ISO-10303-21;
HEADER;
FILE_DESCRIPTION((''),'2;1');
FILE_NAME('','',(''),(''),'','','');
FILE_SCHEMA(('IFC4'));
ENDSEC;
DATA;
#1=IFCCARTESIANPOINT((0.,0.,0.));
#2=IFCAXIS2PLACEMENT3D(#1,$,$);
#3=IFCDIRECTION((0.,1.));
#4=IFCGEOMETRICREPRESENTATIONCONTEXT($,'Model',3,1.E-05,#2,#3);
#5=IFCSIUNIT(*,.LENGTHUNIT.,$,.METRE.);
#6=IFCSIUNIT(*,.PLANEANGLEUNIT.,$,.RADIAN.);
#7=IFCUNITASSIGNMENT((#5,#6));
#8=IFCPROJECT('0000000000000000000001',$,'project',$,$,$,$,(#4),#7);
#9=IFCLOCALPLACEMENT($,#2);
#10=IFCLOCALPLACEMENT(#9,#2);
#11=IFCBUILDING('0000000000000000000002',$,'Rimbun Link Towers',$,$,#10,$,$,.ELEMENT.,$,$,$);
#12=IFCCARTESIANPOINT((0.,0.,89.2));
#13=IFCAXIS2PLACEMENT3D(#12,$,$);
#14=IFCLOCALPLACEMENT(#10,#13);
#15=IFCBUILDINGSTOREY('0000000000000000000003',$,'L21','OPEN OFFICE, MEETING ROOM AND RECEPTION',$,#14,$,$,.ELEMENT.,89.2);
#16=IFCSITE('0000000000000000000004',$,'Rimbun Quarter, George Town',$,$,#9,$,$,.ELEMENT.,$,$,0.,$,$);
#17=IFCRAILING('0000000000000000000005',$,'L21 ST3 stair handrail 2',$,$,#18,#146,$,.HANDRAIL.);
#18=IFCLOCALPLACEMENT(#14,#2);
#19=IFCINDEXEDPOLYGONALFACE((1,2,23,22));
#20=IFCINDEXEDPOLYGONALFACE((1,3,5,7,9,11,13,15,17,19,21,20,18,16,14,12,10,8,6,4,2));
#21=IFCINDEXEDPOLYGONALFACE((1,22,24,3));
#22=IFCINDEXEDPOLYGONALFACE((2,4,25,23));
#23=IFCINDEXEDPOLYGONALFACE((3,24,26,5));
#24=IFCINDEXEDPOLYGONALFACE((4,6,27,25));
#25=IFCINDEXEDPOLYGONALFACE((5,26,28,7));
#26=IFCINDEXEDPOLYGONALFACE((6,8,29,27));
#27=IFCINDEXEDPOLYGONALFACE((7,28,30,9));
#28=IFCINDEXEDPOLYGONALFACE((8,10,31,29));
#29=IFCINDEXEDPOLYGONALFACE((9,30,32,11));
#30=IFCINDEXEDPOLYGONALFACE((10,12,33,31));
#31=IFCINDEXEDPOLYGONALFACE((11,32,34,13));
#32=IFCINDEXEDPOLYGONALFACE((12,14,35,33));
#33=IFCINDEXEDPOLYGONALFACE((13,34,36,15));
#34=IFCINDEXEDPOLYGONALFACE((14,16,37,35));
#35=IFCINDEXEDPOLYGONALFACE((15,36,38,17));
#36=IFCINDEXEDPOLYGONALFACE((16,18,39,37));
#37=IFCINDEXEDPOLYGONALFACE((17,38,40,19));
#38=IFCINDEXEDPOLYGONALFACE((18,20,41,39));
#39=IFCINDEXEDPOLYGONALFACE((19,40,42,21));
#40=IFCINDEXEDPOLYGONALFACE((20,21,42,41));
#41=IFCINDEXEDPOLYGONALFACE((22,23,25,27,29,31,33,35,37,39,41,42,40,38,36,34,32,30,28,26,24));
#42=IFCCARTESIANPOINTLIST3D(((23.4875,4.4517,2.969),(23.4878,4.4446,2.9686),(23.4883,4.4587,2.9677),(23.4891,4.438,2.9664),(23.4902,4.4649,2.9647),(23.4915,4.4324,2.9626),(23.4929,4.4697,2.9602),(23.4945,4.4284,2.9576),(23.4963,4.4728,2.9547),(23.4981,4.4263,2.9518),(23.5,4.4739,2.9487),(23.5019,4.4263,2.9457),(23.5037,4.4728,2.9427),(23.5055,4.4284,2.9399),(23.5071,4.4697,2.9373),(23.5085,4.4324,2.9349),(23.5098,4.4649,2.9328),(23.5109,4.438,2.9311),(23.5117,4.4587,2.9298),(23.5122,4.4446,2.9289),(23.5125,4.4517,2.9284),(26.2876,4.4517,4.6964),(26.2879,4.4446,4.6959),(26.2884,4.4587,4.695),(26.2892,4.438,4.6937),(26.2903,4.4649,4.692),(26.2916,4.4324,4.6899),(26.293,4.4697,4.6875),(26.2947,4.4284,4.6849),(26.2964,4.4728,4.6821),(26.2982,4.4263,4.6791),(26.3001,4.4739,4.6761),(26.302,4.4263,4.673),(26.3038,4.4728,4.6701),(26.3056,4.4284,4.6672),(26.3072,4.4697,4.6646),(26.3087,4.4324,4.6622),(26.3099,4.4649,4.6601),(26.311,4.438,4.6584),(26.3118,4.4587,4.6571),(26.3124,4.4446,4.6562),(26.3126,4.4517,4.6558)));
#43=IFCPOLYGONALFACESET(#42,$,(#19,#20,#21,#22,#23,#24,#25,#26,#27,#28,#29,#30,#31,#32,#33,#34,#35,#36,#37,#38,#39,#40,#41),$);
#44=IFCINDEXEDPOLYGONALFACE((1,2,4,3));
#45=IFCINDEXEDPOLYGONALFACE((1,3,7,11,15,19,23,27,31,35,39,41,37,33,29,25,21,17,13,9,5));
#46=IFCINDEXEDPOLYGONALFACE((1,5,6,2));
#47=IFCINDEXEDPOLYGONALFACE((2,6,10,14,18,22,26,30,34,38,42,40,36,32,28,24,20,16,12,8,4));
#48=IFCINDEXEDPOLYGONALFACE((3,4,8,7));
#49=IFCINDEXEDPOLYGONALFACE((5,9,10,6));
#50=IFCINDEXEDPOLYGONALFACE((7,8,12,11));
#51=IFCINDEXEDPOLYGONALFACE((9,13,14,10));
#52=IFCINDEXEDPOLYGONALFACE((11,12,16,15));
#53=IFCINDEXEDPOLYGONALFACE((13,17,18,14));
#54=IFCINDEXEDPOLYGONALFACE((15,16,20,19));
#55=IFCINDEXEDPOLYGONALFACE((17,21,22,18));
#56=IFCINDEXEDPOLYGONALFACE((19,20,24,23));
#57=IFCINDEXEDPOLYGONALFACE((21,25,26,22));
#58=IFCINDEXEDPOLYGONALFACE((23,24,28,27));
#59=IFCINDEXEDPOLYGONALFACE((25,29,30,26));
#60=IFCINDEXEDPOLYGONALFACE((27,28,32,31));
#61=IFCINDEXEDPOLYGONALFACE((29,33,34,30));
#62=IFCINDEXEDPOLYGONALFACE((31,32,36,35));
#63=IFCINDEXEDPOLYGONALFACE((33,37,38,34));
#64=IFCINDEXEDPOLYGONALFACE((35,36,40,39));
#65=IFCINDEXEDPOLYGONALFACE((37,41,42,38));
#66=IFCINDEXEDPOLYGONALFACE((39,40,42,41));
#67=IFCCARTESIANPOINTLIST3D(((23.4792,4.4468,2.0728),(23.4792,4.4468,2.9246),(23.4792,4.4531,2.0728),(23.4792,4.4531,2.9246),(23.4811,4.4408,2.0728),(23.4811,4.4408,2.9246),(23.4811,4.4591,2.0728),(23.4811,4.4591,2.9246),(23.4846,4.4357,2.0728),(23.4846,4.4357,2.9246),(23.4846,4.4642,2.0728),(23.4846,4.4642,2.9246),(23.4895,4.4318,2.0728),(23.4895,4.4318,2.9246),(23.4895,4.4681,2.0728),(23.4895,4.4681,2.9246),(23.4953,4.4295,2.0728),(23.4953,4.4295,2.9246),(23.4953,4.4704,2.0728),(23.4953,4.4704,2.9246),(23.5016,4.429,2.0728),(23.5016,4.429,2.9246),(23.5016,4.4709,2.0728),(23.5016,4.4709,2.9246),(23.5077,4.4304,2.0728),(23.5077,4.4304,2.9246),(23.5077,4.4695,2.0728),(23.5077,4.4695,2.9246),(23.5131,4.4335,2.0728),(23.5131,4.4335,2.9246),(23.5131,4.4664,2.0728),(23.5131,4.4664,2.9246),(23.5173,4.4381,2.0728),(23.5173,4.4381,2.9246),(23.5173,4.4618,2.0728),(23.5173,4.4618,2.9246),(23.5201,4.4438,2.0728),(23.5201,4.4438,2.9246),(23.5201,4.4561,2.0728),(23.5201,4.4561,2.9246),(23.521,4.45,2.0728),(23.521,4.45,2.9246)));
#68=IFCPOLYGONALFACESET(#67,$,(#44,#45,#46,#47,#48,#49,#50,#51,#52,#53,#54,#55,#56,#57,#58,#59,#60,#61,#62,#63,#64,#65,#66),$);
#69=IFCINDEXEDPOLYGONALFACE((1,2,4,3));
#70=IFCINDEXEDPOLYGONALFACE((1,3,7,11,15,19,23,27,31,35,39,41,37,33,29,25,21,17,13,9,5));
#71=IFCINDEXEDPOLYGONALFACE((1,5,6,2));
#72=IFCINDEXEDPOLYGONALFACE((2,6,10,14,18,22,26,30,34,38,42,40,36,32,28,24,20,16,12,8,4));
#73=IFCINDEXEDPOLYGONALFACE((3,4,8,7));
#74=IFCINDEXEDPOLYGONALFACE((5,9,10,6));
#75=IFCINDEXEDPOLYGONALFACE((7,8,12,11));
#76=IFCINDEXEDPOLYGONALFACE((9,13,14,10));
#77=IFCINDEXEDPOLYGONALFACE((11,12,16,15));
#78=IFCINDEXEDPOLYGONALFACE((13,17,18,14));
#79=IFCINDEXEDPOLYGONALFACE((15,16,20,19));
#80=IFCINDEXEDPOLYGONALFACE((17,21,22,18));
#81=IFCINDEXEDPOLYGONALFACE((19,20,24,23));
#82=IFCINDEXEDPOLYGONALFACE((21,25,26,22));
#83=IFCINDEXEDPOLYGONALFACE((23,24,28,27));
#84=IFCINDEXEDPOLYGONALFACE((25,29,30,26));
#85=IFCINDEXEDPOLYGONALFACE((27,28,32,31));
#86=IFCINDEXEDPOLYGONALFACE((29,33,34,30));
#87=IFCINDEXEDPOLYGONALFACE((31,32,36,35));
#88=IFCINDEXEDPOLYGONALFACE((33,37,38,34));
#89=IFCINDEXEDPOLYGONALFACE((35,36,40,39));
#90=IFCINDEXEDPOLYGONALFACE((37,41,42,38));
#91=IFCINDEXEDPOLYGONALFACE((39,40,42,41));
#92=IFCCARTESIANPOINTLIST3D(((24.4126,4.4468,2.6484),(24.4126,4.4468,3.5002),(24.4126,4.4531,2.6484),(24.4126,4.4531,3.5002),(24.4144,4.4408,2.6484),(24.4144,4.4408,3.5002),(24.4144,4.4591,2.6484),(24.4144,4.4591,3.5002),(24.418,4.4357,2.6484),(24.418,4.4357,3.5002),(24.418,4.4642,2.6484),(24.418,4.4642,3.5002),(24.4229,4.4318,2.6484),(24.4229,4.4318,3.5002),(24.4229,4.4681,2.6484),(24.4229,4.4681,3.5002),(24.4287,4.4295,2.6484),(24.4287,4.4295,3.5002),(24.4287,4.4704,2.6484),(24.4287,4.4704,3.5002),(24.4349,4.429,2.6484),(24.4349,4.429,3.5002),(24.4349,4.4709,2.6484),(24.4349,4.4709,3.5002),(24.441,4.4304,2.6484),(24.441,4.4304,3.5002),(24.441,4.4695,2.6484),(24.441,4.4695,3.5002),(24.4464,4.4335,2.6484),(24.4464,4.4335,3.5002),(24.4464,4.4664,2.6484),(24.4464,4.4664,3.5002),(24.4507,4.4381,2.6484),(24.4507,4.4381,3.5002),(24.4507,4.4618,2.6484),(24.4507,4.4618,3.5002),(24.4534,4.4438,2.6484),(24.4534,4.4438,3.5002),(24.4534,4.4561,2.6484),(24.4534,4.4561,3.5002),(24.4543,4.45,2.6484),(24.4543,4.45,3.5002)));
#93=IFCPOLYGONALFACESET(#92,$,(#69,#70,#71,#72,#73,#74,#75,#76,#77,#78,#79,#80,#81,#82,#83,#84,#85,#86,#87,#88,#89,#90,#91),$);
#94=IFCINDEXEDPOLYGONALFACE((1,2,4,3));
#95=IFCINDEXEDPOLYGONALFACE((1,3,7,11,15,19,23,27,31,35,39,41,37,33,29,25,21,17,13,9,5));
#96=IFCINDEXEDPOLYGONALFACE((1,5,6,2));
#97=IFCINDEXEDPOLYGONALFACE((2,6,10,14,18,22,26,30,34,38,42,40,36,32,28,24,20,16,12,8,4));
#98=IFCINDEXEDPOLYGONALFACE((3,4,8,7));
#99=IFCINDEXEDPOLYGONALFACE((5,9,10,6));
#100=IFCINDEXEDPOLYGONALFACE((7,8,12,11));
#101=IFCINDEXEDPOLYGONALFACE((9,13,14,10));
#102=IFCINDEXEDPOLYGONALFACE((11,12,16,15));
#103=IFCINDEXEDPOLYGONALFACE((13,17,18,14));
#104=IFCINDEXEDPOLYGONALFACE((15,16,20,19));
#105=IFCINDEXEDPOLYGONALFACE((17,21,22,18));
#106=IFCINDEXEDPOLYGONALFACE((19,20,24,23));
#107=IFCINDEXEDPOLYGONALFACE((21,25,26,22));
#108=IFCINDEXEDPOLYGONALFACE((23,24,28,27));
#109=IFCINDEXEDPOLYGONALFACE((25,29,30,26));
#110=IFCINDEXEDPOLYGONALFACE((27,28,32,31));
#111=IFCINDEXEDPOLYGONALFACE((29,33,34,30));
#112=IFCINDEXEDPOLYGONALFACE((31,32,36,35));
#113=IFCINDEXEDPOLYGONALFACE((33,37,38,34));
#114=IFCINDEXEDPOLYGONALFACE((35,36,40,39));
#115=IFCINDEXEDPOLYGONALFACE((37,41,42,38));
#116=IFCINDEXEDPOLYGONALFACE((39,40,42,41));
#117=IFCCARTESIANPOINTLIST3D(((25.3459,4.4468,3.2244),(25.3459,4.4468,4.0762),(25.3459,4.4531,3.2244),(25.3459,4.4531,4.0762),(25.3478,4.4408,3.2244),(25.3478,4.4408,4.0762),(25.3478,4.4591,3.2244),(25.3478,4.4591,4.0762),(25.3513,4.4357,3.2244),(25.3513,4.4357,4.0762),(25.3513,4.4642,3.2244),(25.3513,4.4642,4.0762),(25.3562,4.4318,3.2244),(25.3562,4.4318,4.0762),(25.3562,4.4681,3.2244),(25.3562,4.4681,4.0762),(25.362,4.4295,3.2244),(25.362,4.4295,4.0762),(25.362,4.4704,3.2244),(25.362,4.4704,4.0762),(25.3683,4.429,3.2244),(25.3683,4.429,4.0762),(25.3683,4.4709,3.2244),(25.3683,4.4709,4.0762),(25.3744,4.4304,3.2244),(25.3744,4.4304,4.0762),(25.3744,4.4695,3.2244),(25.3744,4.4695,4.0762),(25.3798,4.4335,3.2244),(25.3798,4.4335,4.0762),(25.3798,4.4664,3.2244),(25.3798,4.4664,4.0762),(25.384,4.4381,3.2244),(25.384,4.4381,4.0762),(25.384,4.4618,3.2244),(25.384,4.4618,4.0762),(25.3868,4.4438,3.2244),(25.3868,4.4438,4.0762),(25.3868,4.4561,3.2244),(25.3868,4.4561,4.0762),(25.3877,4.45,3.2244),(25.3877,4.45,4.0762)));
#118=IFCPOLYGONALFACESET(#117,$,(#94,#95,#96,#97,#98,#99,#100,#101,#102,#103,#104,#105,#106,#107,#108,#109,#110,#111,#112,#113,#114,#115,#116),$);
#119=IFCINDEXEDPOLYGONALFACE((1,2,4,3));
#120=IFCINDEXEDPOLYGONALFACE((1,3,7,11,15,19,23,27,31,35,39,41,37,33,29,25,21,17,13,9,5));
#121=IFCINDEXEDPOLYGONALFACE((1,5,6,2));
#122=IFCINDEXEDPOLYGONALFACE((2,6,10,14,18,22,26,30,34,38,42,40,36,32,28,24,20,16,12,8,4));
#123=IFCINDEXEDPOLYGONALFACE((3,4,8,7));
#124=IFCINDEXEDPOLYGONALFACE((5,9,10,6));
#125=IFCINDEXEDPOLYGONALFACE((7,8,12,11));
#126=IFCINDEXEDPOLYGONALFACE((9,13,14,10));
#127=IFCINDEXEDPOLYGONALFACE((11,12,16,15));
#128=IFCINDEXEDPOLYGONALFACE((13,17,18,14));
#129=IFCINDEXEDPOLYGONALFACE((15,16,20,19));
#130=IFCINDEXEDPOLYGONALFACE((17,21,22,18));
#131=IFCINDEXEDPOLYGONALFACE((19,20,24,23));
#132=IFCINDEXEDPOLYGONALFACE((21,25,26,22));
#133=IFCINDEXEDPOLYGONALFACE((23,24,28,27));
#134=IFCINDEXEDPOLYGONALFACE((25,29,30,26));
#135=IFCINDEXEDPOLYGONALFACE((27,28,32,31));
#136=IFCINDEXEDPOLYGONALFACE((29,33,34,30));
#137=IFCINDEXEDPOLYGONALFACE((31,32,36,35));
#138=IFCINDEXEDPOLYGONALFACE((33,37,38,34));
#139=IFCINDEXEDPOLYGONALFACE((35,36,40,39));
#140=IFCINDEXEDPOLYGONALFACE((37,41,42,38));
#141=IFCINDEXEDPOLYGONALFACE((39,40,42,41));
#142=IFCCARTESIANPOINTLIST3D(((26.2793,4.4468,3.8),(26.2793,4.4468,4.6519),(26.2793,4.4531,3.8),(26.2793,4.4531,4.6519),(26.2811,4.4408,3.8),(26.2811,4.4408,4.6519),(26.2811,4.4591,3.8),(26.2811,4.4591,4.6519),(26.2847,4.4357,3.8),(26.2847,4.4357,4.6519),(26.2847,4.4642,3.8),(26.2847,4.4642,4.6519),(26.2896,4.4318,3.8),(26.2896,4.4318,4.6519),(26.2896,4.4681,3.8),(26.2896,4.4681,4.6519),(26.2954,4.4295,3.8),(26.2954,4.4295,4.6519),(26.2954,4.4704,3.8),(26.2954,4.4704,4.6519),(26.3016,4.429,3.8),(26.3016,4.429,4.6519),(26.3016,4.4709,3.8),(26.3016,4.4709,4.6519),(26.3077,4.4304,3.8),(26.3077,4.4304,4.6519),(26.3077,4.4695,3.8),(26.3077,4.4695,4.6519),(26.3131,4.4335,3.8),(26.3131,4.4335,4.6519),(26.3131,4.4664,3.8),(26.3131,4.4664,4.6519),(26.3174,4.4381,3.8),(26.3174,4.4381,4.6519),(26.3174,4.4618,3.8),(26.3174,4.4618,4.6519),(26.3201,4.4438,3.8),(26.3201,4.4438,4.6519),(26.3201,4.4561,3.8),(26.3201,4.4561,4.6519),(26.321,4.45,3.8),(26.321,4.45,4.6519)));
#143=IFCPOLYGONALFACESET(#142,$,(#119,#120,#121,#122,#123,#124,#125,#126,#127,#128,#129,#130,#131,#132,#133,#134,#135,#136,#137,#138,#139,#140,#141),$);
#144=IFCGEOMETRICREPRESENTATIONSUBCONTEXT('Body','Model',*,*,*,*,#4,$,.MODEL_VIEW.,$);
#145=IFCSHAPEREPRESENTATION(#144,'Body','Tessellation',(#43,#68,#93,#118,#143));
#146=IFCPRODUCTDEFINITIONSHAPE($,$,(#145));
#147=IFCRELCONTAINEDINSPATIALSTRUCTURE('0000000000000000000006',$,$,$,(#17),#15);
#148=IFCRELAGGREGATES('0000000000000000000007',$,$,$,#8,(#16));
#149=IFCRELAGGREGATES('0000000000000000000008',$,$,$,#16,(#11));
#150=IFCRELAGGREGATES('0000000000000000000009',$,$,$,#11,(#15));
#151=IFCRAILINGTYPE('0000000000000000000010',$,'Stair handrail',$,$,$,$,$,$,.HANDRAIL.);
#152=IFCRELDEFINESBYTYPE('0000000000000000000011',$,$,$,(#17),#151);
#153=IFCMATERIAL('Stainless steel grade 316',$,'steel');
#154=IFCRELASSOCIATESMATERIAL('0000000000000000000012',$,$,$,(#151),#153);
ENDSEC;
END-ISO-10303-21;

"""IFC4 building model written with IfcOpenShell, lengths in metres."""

from ifc_helpers import new_model, si_unit, direction, frame, origin, origin_2d, place, context, subcontext, project, spatial, circle, extrude, material, type_object, element, save


model = new_model("IFC4")

# Units and contexts
model_context = context("Model", 3, precision=1e-05, world=origin(), true_north=direction((0.0, 1.0)))
body_context = subcontext(model_context, "Body", "Model", "MODEL_VIEW")
ifc_project = project(units=[si_unit("LENGTHUNIT", "METRE"), si_unit("PLANEANGLEUNIT", "RADIAN")], contexts=[model_context])

# Site, building, storey
site_placement = place(None, origin())
site = spatial("IfcSite", under=ifc_project, at=site_placement, Name="Rimbun Quarter, George Town", CompositionType="ELEMENT", RefElevation=0.0)
building_placement = place(site_placement, origin())
building = spatial("IfcBuilding", under=site, at=building_placement, Name="Rimbun Link Towers", CompositionType="ELEMENT")
storey_placement = place(building_placement, frame((0.0, 0.0, 89.2)))
storey = spatial("IfcBuildingStorey", under=building, at=storey_placement, Name="L21", Description="OPEN OFFICE, MEETING ROOM AND RECEPTION", CompositionType="ELEMENT", Elevation=89.2)

# Railing
ifc_material_1 = material(Name="Stainless steel grade 316", Category="steel")
railing_type = type_object("IfcRailingType", Name="Stair handrail", PredefinedType="HANDRAIL", material=ifc_material_1)
railing_placement = place(storey_placement, frame((23.5, 4.45, 2.0728)))
element("IfcRailing", 1, at=railing_placement, inside=storey, type_object=railing_type, Name="L21 ST3 stair handrail 2", PredefinedType="HANDRAIL", context=body_context, shape_type="SweptSolid", body=[
    extrude(circle(Radius=0.0239, at=origin_2d()), frame((0.0, 0.0, 0.876), z_axis=(0.85109, 0.0, 0.52502), x_axis=(0.0, 1.0, 0.0)), (0.0, 0.0, 1.0), 3.29),
    extrude(circle(Radius=0.021, at=origin_2d()), origin(), (0.0, 0.0, 1.0), 0.8518),
    extrude(circle(Radius=0.021, at=origin_2d()), frame((0.9333, 0.0, 0.5757)), (0.0, 0.0, 1.0), 0.8518),
    extrude(circle(Radius=0.021, at=origin_2d()), frame((1.8667, 0.0, 1.1516)), (0.0, 0.0, 1.0), 0.8518),
    extrude(circle(Radius=0.021, at=origin_2d()), frame((2.8, 0.0, 1.7273)), (0.0, 0.0, 1.0), 0.8518),
])

save(model, "model.ifc")
